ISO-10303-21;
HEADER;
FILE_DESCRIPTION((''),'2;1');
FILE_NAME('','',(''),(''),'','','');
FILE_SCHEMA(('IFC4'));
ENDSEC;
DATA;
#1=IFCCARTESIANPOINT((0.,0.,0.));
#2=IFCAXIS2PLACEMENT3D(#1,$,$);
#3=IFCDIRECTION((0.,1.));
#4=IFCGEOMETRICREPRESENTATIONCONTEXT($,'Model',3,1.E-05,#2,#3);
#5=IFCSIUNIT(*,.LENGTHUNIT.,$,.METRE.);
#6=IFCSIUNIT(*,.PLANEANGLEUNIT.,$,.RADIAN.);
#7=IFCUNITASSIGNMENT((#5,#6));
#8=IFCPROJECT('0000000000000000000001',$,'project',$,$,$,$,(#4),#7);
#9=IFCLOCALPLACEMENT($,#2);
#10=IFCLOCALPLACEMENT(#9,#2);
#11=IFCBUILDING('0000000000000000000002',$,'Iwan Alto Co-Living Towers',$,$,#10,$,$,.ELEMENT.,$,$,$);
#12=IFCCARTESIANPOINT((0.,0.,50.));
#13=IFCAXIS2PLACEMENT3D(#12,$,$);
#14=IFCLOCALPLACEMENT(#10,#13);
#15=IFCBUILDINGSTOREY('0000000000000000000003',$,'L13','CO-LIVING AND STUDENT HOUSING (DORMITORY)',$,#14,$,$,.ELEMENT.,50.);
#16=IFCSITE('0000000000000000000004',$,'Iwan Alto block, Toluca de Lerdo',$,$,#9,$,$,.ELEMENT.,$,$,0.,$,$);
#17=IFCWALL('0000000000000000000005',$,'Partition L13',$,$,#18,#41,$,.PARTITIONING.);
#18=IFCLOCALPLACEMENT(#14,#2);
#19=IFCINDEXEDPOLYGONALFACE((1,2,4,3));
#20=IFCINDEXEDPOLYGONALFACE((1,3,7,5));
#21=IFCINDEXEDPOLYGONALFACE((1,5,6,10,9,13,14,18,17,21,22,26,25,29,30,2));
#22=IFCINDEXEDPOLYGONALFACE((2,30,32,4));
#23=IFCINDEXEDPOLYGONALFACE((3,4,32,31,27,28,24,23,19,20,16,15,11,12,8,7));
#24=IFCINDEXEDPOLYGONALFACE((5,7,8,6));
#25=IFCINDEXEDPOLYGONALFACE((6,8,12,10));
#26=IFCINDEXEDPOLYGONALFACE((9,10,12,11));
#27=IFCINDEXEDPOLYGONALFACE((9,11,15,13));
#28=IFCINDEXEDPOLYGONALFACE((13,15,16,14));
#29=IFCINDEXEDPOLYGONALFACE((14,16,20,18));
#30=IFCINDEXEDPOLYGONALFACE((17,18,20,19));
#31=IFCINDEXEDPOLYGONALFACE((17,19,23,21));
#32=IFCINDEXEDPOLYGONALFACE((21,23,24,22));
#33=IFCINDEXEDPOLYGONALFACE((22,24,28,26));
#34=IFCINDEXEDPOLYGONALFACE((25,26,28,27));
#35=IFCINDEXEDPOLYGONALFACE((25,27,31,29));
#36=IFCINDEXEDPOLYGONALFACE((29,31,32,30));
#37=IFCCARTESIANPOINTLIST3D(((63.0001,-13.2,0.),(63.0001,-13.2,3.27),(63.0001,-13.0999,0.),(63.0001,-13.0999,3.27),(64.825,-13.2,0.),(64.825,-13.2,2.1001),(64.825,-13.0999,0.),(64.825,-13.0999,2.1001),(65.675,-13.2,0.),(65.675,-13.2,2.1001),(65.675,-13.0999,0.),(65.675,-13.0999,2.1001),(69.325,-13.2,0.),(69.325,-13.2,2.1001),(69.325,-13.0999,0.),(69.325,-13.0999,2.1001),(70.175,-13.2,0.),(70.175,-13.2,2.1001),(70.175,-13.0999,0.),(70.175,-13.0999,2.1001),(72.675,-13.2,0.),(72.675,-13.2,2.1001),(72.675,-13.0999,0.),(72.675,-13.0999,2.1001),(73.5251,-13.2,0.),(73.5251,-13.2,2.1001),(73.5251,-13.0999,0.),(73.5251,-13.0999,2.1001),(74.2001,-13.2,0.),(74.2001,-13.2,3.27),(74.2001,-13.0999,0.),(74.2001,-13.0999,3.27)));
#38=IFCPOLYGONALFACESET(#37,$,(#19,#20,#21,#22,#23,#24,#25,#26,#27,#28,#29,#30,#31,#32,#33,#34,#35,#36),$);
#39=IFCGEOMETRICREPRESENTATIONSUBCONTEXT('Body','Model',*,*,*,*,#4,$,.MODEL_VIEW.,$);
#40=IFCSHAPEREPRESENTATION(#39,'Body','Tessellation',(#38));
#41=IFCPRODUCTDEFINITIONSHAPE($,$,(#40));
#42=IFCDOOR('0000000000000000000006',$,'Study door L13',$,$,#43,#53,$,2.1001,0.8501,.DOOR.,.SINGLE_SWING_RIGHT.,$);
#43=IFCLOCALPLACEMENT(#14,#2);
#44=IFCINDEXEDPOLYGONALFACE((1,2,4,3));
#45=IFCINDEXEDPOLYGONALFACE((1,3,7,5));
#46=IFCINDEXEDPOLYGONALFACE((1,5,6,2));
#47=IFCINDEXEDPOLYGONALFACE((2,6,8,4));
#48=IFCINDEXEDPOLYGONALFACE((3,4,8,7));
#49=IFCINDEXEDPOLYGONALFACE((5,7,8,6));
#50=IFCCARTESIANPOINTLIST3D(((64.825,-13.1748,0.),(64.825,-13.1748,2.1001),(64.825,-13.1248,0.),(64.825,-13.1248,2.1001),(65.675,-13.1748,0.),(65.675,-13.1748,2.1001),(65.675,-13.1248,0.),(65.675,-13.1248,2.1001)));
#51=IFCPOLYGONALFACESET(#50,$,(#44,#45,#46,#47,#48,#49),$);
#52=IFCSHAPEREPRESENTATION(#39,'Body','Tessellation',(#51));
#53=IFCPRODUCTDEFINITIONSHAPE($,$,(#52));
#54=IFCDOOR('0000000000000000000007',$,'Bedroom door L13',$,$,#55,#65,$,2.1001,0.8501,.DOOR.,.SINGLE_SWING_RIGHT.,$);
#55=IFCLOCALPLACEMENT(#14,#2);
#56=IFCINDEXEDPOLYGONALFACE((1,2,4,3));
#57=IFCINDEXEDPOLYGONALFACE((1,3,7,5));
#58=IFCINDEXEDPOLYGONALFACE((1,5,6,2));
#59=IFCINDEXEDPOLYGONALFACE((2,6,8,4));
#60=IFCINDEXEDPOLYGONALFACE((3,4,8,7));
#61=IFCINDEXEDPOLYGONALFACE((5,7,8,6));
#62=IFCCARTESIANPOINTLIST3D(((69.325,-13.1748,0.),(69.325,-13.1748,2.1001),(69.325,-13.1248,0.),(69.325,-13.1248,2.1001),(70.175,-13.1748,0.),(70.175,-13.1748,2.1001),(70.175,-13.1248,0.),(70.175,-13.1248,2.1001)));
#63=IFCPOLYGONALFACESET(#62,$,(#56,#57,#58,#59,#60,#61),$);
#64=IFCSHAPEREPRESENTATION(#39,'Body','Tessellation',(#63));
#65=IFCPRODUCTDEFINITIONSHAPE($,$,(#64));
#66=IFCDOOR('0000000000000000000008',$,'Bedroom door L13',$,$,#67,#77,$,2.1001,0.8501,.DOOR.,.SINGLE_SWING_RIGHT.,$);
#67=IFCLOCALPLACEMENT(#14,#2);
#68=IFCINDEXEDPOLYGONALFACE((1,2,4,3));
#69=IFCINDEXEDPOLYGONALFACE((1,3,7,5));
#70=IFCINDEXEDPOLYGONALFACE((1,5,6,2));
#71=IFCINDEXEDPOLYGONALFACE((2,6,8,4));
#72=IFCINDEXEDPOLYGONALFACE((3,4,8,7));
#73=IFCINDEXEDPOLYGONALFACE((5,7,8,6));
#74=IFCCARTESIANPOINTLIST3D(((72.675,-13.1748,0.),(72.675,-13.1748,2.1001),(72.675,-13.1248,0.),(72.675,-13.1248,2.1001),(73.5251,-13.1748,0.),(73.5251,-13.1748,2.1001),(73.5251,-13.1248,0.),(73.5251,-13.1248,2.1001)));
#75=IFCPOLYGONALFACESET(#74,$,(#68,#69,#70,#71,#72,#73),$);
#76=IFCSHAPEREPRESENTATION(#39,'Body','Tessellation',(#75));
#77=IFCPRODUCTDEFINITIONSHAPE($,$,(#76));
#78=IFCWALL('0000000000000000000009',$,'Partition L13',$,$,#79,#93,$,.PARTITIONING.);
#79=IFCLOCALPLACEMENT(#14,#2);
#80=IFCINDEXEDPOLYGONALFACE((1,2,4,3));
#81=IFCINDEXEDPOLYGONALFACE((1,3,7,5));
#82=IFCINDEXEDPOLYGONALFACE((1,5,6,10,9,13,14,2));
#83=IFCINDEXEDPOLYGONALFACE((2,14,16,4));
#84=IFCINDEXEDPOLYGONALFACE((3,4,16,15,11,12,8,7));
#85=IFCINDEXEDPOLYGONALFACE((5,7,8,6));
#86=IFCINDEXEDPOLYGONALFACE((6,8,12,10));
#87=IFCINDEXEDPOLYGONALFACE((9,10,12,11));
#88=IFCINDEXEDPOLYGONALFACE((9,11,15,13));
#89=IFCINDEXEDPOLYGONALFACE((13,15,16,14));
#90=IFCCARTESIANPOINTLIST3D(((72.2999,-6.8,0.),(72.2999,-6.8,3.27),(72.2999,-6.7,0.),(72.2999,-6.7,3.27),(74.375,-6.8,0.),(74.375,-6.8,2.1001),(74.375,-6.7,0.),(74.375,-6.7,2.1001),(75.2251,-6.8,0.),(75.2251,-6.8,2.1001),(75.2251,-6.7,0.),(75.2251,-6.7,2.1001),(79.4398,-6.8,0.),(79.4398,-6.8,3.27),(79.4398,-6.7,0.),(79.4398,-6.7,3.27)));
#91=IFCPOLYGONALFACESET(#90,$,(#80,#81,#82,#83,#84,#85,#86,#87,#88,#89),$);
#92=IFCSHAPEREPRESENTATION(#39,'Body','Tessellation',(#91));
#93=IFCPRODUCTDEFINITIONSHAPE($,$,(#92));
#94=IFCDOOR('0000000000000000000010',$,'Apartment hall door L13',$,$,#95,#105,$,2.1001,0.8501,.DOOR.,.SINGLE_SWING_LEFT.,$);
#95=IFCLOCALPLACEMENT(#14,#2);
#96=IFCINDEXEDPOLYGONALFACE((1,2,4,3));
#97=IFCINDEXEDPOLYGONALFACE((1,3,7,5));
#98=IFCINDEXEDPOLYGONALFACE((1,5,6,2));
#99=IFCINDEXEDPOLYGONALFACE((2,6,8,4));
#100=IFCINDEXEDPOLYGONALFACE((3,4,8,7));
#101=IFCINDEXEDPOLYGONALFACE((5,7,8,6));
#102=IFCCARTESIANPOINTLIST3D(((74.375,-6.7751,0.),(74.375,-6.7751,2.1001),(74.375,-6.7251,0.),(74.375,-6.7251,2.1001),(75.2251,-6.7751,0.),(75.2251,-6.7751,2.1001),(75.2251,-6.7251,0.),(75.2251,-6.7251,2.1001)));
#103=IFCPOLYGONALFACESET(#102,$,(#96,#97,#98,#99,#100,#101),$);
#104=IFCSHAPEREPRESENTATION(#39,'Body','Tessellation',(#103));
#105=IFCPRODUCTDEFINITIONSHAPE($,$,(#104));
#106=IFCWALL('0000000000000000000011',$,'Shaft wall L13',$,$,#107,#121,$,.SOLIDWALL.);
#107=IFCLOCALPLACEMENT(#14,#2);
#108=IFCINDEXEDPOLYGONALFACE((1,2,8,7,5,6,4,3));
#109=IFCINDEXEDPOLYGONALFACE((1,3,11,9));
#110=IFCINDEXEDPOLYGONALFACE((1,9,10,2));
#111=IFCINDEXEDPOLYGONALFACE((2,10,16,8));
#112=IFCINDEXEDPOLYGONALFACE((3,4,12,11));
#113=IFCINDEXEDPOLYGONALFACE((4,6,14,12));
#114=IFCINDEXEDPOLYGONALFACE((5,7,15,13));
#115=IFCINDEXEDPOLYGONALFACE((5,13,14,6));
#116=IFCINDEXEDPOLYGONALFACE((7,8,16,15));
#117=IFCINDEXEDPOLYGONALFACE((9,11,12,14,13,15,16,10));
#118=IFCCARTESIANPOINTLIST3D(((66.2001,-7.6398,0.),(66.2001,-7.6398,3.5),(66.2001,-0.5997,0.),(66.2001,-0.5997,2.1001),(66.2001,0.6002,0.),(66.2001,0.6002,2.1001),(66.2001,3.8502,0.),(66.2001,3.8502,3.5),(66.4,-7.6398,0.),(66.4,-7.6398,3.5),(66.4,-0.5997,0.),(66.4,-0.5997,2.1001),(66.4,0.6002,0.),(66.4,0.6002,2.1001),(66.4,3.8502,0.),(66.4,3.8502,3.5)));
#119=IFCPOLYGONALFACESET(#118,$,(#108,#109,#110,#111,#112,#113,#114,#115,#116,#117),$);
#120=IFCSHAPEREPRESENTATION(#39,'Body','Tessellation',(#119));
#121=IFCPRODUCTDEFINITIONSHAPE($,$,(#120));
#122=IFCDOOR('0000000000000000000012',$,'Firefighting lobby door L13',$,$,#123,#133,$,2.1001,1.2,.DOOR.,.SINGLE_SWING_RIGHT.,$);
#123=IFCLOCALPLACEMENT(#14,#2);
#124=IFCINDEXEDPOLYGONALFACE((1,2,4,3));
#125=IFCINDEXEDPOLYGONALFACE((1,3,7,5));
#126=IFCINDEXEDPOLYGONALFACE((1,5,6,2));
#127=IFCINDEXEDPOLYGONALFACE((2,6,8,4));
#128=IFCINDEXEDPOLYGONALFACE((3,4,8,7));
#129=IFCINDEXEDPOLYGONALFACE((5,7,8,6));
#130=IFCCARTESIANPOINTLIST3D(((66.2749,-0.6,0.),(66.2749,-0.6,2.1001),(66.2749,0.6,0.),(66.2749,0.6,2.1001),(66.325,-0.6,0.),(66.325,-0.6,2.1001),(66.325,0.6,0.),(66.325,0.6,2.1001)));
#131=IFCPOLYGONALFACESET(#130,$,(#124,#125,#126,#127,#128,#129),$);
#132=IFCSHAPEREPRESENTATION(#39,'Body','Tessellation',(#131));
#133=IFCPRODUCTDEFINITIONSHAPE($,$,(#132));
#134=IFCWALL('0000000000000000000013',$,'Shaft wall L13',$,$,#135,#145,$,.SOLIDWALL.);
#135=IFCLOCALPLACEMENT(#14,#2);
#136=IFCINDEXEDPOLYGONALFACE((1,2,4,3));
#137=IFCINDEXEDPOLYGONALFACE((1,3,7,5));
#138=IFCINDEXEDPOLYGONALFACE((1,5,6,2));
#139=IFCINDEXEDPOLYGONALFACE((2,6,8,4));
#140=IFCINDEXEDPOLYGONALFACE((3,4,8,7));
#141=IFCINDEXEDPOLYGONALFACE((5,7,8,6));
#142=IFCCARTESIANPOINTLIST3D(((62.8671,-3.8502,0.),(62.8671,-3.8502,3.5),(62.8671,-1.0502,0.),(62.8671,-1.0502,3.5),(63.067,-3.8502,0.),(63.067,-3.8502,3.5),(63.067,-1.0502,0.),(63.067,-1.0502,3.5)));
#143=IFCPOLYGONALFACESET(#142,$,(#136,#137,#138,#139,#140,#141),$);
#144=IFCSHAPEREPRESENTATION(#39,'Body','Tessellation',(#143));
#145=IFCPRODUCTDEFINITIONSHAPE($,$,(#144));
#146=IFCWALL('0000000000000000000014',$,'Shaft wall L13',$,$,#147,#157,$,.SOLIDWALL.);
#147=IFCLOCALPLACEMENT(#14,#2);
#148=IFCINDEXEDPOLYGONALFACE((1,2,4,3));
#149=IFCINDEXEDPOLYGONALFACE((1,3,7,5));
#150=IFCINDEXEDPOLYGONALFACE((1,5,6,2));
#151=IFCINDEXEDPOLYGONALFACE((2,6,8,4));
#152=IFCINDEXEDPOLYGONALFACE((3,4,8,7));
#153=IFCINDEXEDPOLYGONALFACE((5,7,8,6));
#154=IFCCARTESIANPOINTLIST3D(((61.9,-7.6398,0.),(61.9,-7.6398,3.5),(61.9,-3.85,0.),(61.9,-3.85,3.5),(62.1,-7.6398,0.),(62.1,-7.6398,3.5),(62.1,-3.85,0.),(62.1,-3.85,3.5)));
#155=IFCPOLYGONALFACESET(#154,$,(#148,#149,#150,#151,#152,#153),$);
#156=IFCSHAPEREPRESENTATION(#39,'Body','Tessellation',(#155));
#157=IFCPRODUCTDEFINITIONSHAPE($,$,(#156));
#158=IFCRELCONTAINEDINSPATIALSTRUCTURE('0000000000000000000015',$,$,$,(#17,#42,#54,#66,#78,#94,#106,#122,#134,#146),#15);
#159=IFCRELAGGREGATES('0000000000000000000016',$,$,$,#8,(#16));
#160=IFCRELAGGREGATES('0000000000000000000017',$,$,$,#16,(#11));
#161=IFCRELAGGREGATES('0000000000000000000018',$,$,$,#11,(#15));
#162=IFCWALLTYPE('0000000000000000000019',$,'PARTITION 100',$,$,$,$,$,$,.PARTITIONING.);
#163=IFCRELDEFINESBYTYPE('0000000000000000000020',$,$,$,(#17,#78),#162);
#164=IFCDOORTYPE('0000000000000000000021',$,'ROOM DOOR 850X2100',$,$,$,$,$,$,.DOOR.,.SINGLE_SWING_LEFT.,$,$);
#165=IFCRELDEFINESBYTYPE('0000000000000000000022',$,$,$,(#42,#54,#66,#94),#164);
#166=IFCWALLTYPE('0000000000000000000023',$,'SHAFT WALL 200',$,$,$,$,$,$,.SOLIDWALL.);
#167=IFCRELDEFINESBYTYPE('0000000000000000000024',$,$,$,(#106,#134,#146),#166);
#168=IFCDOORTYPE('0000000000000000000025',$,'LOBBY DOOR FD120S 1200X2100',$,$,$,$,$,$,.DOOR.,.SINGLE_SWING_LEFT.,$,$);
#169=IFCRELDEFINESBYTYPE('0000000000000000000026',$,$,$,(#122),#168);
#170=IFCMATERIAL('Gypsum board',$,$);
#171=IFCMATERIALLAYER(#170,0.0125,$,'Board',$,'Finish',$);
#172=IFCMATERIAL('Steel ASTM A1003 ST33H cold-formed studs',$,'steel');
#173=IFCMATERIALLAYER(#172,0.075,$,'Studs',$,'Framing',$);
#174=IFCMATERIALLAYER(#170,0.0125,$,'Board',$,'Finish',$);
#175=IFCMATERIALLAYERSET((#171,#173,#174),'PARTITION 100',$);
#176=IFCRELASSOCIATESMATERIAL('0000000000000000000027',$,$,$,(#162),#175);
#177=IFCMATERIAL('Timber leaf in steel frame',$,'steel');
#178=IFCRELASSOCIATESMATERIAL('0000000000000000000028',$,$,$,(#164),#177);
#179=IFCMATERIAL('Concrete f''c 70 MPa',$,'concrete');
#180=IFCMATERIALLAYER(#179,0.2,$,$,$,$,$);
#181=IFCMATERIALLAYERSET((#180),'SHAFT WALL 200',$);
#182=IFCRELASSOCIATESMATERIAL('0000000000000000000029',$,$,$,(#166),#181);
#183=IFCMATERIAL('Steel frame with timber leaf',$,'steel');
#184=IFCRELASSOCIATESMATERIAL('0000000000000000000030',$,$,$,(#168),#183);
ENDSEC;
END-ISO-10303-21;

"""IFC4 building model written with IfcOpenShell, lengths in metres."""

from ifc_helpers import new_model, si_unit, direction, frame, frame_2d, origin, place, context, subcontext, project, spatial, rectangle, extrude, material, layer, layer_set, type_object, element, fill, save


model = new_model("IFC4")

# Units and contexts
model_context = context("Model", 3, precision=1e-05, world=origin(), true_north=direction((0.0, 1.0)))
body_context = subcontext(model_context, "Body", "Model", "MODEL_VIEW")
ifc_project = project(units=[si_unit("LENGTHUNIT", "METRE"), si_unit("PLANEANGLEUNIT", "RADIAN")], contexts=[model_context])

# Site, building, storey
site_placement = place(None, origin())
site = spatial("IfcSite", under=ifc_project, at=site_placement, Name="Iwan Alto block, Toluca de Lerdo", CompositionType="ELEMENT", RefElevation=0.0)
building_placement = place(site_placement, origin())
building = spatial("IfcBuilding", under=site, at=building_placement, Name="Iwan Alto Co-Living Towers", CompositionType="ELEMENT")
storey_placement = place(building_placement, frame((0.0, 0.0, 50.0)))
storey = spatial("IfcBuildingStorey", under=building, at=storey_placement, Name="L13", Description="CO-LIVING AND STUDENT HOUSING (DORMITORY)", CompositionType="ELEMENT", Elevation=50.0)

# Shared definitions
ifc_material_1 = material(Name="Gypsum board")
ifc_material_2 = material(Name="Steel ASTM A1003 ST33H cold-formed studs", Category="steel")

# Wall, openings, doors
ifc_layer_1 = layer(ifc_material_1, 0.0125, Name="Board", Category="Finish")
ifc_layer_2 = layer(ifc_material_2, 0.075, Name="Studs", Category="Framing")
ifc_layer_3 = layer(ifc_material_1, 0.0125, Name="Board", Category="Finish")
ifc_layer_set_1 = layer_set([ifc_layer_1, ifc_layer_2, ifc_layer_3], Name="PARTITION 100")
wall_type_1 = type_object("IfcWallType", Name="PARTITION 100", PredefinedType="PARTITIONING", material=ifc_layer_set_1)
wall_1_placement = place(storey_placement, frame((63.0, -13.1499, 0.0), z_axis=(0.0, 0.0, 1.0), x_axis=(1.0, 0.0, 0.0)))
wall_1 = element("IfcWall", 1, at=wall_1_placement, inside=storey, type_object=wall_type_1, Name="Partition L13", PredefinedType="PARTITIONING", context=body_context, shape_type="SweptSolid", body=[
    extrude(rectangle(XDim=11.2, YDim=0.1001, at=frame_2d((5.6001, 0.0))), origin(), (0.0, 0.0, 1.0), 3.27),
])
opening_1_placement = place(wall_1_placement, frame((1.825, 0.0, 0.0)))
opening_1 = element("IfcOpeningElement", 2, at=opening_1_placement, cuts=wall_1, PredefinedType="OPENING", context=body_context, shape_type="SweptSolid", body=[
    extrude(rectangle(XDim=0.8501, YDim=2.1001, at=frame_2d((0.425, 1.05))), frame((0.0, 0.0601, 0.0), z_axis=(0.0, -1.0, 0.0), x_axis=(1.0, 0.0, 0.0)), (0.0, 0.0, 1.0), 0.1201),
])
opening_2_placement = place(wall_1_placement, frame((6.325, 0.0, 0.0)))
opening_2 = element("IfcOpeningElement", 3, at=opening_2_placement, cuts=wall_1, PredefinedType="OPENING", context=body_context, shape_type="SweptSolid", body=[
    extrude(rectangle(XDim=0.8501, YDim=2.1001, at=frame_2d((0.425, 1.05))), frame((0.0, 0.0601, 0.0), z_axis=(0.0, -1.0, 0.0), x_axis=(1.0, 0.0, 0.0)), (0.0, 0.0, 1.0), 0.1201),
])
opening_3_placement = place(wall_1_placement, frame((9.675, 0.0, 0.0)))
opening_3 = element("IfcOpeningElement", 4, at=opening_3_placement, cuts=wall_1, PredefinedType="OPENING", context=body_context, shape_type="SweptSolid", body=[
    extrude(rectangle(XDim=0.8501, YDim=2.1001, at=frame_2d((0.425, 1.05))), frame((0.0, 0.0601, 0.0), z_axis=(0.0, -1.0, 0.0), x_axis=(1.0, 0.0, 0.0)), (0.0, 0.0, 1.0), 0.1201),
])
ifc_material_3 = material(Name="Timber leaf in steel frame", Category="steel")
door_type_1 = type_object("IfcDoorType", Name="ROOM DOOR 850X2100", OperationType="SINGLE_SWING_LEFT", PredefinedType="DOOR", material=ifc_material_3)
door_1_placement = place(opening_1_placement, frame((0.8501, 0.0, 0.0), z_axis=(0.0, 0.0, 1.0), x_axis=(-1.0, 0.0, 0.0)))
door_1 = element("IfcDoor", 5, at=door_1_placement, inside=storey, type_object=door_type_1, Name="Study door L13", OperationType="SINGLE_SWING_RIGHT", OverallHeight=2.1001, OverallWidth=0.8501, PredefinedType="DOOR", context=body_context, shape_type="SweptSolid", body=[
    extrude(rectangle(XDim=0.8501, YDim=2.1001, at=frame_2d((0.425, 1.05))), frame((0.0, 0.0249, 0.0), z_axis=(0.0, -1.0, 0.0), x_axis=(1.0, 0.0, 0.0)), (0.0, 0.0, 1.0), 0.05),
])
fill(opening_1, door_1)
door_2_placement = place(opening_2_placement, frame((0.8501, 0.0, 0.0), z_axis=(0.0, 0.0, 1.0), x_axis=(-1.0, 0.0, 0.0)))
door_2 = element("IfcDoor", 6, at=door_2_placement, inside=storey, type_object=door_type_1, Name="Bedroom door L13", OperationType="SINGLE_SWING_RIGHT", OverallHeight=2.1001, OverallWidth=0.8501, PredefinedType="DOOR", context=body_context, shape_type="SweptSolid", body=[
    extrude(rectangle(XDim=0.8501, YDim=2.1001, at=frame_2d((0.425, 1.05))), frame((0.0, 0.0249, 0.0), z_axis=(0.0, -1.0, 0.0), x_axis=(1.0, 0.0, 0.0)), (0.0, 0.0, 1.0), 0.05),
])
fill(opening_2, door_2)
door_3_placement = place(opening_3_placement, frame((0.8501, 0.0, 0.0), z_axis=(0.0, 0.0, 1.0), x_axis=(-1.0, 0.0, 0.0)))
door_3 = element("IfcDoor", 7, at=door_3_placement, inside=storey, type_object=door_type_1, Name="Bedroom door L13", OperationType="SINGLE_SWING_RIGHT", OverallHeight=2.1001, OverallWidth=0.8501, PredefinedType="DOOR", context=body_context, shape_type="SweptSolid", body=[
    extrude(rectangle(XDim=0.8501, YDim=2.1001, at=frame_2d((0.425, 1.05))), frame((0.0, 0.0249, 0.0), z_axis=(0.0, -1.0, 0.0), x_axis=(1.0, 0.0, 0.0)), (0.0, 0.0, 1.0), 0.05),
])
fill(opening_3, door_3)

# Walls, openings, doors
wall_2_placement = place(storey_placement, frame((72.3, -6.75, 0.0), z_axis=(0.0, 0.0, 1.0), x_axis=(1.0, 0.0, 0.0)))
wall_2 = element("IfcWall", 8, at=wall_2_placement, inside=storey, type_object=wall_type_1, Name="Partition L13", PredefinedType="PARTITIONING", context=body_context, shape_type="SweptSolid", body=[
    extrude(rectangle(XDim=7.1399, YDim=0.1001, at=frame_2d((3.5698, 0.0))), origin(), (0.0, 0.0, 1.0), 3.27),
])
opening_4_placement = place(wall_2_placement, frame((2.075, 0.0, 0.0)))
opening_4 = element("IfcOpeningElement", 9, at=opening_4_placement, cuts=wall_2, PredefinedType="OPENING", context=body_context, shape_type="SweptSolid", body=[
    extrude(rectangle(XDim=0.8501, YDim=2.1001, at=frame_2d((0.425, 1.05))), frame((0.0, 0.0601, 0.0), z_axis=(0.0, -1.0, 0.0), x_axis=(1.0, 0.0, 0.0)), (0.0, 0.0, 1.0), 0.1201),
])
door_4_placement = place(opening_4_placement, origin())
door_4 = element("IfcDoor", 10, at=door_4_placement, inside=storey, type_object=door_type_1, Name="Apartment hall door L13", OperationType="SINGLE_SWING_LEFT", OverallHeight=2.1001, OverallWidth=0.8501, PredefinedType="DOOR", context=body_context, shape_type="SweptSolid", body=[
    extrude(rectangle(XDim=0.8501, YDim=2.1001, at=frame_2d((0.425, 1.05))), frame((0.0, 0.0249, 0.0), z_axis=(0.0, -1.0, 0.0), x_axis=(1.0, 0.0, 0.0)), (0.0, 0.0, 1.0), 0.05),
])
fill(opening_4, door_4)
ifc_material_4 = material(Name="Concrete f'c 70 MPa", Category="concrete")
ifc_layer_4 = layer(ifc_material_4, 0.2)
ifc_layer_set_2 = layer_set([ifc_layer_4], Name="SHAFT WALL 200")
wall_type_2 = type_object("IfcWallType", Name="SHAFT WALL 200", PredefinedType="SOLIDWALL", material=ifc_layer_set_2)
wall_3_placement = place(storey_placement, frame((66.3, -7.6399, 0.0), z_axis=(0.0, 0.0, 1.0), x_axis=(0.0, 1.0, 0.0)))
wall_3 = element("IfcWall", 11, at=wall_3_placement, inside=storey, type_object=wall_type_2, Name="Shaft wall L13", PredefinedType="SOLIDWALL", context=body_context, shape_type="SweptSolid", body=[
    extrude(rectangle(XDim=11.49, YDim=0.2, at=frame_2d((5.7451, 0.0))), origin(), (0.0, 0.0, 1.0), 3.5),
])
opening_5_placement = place(wall_3_placement, frame((7.04, 0.0, 0.0)))
opening_5 = element("IfcOpeningElement", 12, at=opening_5_placement, cuts=wall_3, PredefinedType="OPENING", context=body_context, shape_type="SweptSolid", body=[
    extrude(rectangle(XDim=1.2, YDim=2.1001, at=frame_2d((0.6001, 1.05))), frame((0.0, 0.1099, 0.0), z_axis=(0.0, -1.0, 0.0), x_axis=(1.0, 0.0, 0.0)), (0.0, 0.0, 1.0), 0.22),
])
ifc_material_5 = material(Name="Steel frame with timber leaf", Category="steel")
door_type_2 = type_object("IfcDoorType", Name="LOBBY DOOR FD120S 1200X2100", OperationType="SINGLE_SWING_LEFT", PredefinedType="DOOR", material=ifc_material_5)
door_5_placement = place(opening_5_placement, frame((1.2, 0.0, 0.0), z_axis=(0.0, 0.0, 1.0), x_axis=(-1.0, 0.0, 0.0)))
door_5 = element("IfcDoor", 13, at=door_5_placement, inside=storey, type_object=door_type_2, Name="Firefighting lobby door L13", OperationType="SINGLE_SWING_RIGHT", OverallHeight=2.1001, OverallWidth=1.2, PredefinedType="DOOR", context=body_context, shape_type="SweptSolid", body=[
    extrude(rectangle(XDim=1.2, YDim=2.1001, at=frame_2d((0.6001, 1.05))), frame((0.0, 0.0249, 0.0), z_axis=(0.0, -1.0, 0.0), x_axis=(1.0, 0.0, 0.0)), (0.0, 0.0, 1.0), 0.05),
])
fill(opening_5, door_5)

# Walls
wall_4_placement = place(storey_placement, frame((62.967, -3.8501, 0.0), z_axis=(0.0, 0.0, 1.0), x_axis=(0.0, 1.0, 0.0)))
element("IfcWall", 14, at=wall_4_placement, inside=storey, type_object=wall_type_2, Name="Shaft wall L13", PredefinedType="SOLIDWALL", context=body_context, shape_type="SweptSolid", body=[
    extrude(rectangle(XDim=2.8, YDim=0.2, at=frame_2d((1.3999, 0.0))), origin(), (0.0, 0.0, 1.0), 3.5),
])
wall_5_placement = place(storey_placement, frame((62.0, -7.6399, 0.0), z_axis=(0.0, 0.0, 1.0), x_axis=(0.0, 1.0, 0.0)))
element("IfcWall", 15, at=wall_5_placement, inside=storey, type_object=wall_type_2, Name="Shaft wall L13", PredefinedType="SOLIDWALL", context=body_context, shape_type="SweptSolid", body=[
    extrude(rectangle(XDim=3.7898, YDim=0.2, at=frame_2d((1.895, 0.0))), origin(), (0.0, 0.0, 1.0), 3.5),
])

save(model, "model.ifc")
